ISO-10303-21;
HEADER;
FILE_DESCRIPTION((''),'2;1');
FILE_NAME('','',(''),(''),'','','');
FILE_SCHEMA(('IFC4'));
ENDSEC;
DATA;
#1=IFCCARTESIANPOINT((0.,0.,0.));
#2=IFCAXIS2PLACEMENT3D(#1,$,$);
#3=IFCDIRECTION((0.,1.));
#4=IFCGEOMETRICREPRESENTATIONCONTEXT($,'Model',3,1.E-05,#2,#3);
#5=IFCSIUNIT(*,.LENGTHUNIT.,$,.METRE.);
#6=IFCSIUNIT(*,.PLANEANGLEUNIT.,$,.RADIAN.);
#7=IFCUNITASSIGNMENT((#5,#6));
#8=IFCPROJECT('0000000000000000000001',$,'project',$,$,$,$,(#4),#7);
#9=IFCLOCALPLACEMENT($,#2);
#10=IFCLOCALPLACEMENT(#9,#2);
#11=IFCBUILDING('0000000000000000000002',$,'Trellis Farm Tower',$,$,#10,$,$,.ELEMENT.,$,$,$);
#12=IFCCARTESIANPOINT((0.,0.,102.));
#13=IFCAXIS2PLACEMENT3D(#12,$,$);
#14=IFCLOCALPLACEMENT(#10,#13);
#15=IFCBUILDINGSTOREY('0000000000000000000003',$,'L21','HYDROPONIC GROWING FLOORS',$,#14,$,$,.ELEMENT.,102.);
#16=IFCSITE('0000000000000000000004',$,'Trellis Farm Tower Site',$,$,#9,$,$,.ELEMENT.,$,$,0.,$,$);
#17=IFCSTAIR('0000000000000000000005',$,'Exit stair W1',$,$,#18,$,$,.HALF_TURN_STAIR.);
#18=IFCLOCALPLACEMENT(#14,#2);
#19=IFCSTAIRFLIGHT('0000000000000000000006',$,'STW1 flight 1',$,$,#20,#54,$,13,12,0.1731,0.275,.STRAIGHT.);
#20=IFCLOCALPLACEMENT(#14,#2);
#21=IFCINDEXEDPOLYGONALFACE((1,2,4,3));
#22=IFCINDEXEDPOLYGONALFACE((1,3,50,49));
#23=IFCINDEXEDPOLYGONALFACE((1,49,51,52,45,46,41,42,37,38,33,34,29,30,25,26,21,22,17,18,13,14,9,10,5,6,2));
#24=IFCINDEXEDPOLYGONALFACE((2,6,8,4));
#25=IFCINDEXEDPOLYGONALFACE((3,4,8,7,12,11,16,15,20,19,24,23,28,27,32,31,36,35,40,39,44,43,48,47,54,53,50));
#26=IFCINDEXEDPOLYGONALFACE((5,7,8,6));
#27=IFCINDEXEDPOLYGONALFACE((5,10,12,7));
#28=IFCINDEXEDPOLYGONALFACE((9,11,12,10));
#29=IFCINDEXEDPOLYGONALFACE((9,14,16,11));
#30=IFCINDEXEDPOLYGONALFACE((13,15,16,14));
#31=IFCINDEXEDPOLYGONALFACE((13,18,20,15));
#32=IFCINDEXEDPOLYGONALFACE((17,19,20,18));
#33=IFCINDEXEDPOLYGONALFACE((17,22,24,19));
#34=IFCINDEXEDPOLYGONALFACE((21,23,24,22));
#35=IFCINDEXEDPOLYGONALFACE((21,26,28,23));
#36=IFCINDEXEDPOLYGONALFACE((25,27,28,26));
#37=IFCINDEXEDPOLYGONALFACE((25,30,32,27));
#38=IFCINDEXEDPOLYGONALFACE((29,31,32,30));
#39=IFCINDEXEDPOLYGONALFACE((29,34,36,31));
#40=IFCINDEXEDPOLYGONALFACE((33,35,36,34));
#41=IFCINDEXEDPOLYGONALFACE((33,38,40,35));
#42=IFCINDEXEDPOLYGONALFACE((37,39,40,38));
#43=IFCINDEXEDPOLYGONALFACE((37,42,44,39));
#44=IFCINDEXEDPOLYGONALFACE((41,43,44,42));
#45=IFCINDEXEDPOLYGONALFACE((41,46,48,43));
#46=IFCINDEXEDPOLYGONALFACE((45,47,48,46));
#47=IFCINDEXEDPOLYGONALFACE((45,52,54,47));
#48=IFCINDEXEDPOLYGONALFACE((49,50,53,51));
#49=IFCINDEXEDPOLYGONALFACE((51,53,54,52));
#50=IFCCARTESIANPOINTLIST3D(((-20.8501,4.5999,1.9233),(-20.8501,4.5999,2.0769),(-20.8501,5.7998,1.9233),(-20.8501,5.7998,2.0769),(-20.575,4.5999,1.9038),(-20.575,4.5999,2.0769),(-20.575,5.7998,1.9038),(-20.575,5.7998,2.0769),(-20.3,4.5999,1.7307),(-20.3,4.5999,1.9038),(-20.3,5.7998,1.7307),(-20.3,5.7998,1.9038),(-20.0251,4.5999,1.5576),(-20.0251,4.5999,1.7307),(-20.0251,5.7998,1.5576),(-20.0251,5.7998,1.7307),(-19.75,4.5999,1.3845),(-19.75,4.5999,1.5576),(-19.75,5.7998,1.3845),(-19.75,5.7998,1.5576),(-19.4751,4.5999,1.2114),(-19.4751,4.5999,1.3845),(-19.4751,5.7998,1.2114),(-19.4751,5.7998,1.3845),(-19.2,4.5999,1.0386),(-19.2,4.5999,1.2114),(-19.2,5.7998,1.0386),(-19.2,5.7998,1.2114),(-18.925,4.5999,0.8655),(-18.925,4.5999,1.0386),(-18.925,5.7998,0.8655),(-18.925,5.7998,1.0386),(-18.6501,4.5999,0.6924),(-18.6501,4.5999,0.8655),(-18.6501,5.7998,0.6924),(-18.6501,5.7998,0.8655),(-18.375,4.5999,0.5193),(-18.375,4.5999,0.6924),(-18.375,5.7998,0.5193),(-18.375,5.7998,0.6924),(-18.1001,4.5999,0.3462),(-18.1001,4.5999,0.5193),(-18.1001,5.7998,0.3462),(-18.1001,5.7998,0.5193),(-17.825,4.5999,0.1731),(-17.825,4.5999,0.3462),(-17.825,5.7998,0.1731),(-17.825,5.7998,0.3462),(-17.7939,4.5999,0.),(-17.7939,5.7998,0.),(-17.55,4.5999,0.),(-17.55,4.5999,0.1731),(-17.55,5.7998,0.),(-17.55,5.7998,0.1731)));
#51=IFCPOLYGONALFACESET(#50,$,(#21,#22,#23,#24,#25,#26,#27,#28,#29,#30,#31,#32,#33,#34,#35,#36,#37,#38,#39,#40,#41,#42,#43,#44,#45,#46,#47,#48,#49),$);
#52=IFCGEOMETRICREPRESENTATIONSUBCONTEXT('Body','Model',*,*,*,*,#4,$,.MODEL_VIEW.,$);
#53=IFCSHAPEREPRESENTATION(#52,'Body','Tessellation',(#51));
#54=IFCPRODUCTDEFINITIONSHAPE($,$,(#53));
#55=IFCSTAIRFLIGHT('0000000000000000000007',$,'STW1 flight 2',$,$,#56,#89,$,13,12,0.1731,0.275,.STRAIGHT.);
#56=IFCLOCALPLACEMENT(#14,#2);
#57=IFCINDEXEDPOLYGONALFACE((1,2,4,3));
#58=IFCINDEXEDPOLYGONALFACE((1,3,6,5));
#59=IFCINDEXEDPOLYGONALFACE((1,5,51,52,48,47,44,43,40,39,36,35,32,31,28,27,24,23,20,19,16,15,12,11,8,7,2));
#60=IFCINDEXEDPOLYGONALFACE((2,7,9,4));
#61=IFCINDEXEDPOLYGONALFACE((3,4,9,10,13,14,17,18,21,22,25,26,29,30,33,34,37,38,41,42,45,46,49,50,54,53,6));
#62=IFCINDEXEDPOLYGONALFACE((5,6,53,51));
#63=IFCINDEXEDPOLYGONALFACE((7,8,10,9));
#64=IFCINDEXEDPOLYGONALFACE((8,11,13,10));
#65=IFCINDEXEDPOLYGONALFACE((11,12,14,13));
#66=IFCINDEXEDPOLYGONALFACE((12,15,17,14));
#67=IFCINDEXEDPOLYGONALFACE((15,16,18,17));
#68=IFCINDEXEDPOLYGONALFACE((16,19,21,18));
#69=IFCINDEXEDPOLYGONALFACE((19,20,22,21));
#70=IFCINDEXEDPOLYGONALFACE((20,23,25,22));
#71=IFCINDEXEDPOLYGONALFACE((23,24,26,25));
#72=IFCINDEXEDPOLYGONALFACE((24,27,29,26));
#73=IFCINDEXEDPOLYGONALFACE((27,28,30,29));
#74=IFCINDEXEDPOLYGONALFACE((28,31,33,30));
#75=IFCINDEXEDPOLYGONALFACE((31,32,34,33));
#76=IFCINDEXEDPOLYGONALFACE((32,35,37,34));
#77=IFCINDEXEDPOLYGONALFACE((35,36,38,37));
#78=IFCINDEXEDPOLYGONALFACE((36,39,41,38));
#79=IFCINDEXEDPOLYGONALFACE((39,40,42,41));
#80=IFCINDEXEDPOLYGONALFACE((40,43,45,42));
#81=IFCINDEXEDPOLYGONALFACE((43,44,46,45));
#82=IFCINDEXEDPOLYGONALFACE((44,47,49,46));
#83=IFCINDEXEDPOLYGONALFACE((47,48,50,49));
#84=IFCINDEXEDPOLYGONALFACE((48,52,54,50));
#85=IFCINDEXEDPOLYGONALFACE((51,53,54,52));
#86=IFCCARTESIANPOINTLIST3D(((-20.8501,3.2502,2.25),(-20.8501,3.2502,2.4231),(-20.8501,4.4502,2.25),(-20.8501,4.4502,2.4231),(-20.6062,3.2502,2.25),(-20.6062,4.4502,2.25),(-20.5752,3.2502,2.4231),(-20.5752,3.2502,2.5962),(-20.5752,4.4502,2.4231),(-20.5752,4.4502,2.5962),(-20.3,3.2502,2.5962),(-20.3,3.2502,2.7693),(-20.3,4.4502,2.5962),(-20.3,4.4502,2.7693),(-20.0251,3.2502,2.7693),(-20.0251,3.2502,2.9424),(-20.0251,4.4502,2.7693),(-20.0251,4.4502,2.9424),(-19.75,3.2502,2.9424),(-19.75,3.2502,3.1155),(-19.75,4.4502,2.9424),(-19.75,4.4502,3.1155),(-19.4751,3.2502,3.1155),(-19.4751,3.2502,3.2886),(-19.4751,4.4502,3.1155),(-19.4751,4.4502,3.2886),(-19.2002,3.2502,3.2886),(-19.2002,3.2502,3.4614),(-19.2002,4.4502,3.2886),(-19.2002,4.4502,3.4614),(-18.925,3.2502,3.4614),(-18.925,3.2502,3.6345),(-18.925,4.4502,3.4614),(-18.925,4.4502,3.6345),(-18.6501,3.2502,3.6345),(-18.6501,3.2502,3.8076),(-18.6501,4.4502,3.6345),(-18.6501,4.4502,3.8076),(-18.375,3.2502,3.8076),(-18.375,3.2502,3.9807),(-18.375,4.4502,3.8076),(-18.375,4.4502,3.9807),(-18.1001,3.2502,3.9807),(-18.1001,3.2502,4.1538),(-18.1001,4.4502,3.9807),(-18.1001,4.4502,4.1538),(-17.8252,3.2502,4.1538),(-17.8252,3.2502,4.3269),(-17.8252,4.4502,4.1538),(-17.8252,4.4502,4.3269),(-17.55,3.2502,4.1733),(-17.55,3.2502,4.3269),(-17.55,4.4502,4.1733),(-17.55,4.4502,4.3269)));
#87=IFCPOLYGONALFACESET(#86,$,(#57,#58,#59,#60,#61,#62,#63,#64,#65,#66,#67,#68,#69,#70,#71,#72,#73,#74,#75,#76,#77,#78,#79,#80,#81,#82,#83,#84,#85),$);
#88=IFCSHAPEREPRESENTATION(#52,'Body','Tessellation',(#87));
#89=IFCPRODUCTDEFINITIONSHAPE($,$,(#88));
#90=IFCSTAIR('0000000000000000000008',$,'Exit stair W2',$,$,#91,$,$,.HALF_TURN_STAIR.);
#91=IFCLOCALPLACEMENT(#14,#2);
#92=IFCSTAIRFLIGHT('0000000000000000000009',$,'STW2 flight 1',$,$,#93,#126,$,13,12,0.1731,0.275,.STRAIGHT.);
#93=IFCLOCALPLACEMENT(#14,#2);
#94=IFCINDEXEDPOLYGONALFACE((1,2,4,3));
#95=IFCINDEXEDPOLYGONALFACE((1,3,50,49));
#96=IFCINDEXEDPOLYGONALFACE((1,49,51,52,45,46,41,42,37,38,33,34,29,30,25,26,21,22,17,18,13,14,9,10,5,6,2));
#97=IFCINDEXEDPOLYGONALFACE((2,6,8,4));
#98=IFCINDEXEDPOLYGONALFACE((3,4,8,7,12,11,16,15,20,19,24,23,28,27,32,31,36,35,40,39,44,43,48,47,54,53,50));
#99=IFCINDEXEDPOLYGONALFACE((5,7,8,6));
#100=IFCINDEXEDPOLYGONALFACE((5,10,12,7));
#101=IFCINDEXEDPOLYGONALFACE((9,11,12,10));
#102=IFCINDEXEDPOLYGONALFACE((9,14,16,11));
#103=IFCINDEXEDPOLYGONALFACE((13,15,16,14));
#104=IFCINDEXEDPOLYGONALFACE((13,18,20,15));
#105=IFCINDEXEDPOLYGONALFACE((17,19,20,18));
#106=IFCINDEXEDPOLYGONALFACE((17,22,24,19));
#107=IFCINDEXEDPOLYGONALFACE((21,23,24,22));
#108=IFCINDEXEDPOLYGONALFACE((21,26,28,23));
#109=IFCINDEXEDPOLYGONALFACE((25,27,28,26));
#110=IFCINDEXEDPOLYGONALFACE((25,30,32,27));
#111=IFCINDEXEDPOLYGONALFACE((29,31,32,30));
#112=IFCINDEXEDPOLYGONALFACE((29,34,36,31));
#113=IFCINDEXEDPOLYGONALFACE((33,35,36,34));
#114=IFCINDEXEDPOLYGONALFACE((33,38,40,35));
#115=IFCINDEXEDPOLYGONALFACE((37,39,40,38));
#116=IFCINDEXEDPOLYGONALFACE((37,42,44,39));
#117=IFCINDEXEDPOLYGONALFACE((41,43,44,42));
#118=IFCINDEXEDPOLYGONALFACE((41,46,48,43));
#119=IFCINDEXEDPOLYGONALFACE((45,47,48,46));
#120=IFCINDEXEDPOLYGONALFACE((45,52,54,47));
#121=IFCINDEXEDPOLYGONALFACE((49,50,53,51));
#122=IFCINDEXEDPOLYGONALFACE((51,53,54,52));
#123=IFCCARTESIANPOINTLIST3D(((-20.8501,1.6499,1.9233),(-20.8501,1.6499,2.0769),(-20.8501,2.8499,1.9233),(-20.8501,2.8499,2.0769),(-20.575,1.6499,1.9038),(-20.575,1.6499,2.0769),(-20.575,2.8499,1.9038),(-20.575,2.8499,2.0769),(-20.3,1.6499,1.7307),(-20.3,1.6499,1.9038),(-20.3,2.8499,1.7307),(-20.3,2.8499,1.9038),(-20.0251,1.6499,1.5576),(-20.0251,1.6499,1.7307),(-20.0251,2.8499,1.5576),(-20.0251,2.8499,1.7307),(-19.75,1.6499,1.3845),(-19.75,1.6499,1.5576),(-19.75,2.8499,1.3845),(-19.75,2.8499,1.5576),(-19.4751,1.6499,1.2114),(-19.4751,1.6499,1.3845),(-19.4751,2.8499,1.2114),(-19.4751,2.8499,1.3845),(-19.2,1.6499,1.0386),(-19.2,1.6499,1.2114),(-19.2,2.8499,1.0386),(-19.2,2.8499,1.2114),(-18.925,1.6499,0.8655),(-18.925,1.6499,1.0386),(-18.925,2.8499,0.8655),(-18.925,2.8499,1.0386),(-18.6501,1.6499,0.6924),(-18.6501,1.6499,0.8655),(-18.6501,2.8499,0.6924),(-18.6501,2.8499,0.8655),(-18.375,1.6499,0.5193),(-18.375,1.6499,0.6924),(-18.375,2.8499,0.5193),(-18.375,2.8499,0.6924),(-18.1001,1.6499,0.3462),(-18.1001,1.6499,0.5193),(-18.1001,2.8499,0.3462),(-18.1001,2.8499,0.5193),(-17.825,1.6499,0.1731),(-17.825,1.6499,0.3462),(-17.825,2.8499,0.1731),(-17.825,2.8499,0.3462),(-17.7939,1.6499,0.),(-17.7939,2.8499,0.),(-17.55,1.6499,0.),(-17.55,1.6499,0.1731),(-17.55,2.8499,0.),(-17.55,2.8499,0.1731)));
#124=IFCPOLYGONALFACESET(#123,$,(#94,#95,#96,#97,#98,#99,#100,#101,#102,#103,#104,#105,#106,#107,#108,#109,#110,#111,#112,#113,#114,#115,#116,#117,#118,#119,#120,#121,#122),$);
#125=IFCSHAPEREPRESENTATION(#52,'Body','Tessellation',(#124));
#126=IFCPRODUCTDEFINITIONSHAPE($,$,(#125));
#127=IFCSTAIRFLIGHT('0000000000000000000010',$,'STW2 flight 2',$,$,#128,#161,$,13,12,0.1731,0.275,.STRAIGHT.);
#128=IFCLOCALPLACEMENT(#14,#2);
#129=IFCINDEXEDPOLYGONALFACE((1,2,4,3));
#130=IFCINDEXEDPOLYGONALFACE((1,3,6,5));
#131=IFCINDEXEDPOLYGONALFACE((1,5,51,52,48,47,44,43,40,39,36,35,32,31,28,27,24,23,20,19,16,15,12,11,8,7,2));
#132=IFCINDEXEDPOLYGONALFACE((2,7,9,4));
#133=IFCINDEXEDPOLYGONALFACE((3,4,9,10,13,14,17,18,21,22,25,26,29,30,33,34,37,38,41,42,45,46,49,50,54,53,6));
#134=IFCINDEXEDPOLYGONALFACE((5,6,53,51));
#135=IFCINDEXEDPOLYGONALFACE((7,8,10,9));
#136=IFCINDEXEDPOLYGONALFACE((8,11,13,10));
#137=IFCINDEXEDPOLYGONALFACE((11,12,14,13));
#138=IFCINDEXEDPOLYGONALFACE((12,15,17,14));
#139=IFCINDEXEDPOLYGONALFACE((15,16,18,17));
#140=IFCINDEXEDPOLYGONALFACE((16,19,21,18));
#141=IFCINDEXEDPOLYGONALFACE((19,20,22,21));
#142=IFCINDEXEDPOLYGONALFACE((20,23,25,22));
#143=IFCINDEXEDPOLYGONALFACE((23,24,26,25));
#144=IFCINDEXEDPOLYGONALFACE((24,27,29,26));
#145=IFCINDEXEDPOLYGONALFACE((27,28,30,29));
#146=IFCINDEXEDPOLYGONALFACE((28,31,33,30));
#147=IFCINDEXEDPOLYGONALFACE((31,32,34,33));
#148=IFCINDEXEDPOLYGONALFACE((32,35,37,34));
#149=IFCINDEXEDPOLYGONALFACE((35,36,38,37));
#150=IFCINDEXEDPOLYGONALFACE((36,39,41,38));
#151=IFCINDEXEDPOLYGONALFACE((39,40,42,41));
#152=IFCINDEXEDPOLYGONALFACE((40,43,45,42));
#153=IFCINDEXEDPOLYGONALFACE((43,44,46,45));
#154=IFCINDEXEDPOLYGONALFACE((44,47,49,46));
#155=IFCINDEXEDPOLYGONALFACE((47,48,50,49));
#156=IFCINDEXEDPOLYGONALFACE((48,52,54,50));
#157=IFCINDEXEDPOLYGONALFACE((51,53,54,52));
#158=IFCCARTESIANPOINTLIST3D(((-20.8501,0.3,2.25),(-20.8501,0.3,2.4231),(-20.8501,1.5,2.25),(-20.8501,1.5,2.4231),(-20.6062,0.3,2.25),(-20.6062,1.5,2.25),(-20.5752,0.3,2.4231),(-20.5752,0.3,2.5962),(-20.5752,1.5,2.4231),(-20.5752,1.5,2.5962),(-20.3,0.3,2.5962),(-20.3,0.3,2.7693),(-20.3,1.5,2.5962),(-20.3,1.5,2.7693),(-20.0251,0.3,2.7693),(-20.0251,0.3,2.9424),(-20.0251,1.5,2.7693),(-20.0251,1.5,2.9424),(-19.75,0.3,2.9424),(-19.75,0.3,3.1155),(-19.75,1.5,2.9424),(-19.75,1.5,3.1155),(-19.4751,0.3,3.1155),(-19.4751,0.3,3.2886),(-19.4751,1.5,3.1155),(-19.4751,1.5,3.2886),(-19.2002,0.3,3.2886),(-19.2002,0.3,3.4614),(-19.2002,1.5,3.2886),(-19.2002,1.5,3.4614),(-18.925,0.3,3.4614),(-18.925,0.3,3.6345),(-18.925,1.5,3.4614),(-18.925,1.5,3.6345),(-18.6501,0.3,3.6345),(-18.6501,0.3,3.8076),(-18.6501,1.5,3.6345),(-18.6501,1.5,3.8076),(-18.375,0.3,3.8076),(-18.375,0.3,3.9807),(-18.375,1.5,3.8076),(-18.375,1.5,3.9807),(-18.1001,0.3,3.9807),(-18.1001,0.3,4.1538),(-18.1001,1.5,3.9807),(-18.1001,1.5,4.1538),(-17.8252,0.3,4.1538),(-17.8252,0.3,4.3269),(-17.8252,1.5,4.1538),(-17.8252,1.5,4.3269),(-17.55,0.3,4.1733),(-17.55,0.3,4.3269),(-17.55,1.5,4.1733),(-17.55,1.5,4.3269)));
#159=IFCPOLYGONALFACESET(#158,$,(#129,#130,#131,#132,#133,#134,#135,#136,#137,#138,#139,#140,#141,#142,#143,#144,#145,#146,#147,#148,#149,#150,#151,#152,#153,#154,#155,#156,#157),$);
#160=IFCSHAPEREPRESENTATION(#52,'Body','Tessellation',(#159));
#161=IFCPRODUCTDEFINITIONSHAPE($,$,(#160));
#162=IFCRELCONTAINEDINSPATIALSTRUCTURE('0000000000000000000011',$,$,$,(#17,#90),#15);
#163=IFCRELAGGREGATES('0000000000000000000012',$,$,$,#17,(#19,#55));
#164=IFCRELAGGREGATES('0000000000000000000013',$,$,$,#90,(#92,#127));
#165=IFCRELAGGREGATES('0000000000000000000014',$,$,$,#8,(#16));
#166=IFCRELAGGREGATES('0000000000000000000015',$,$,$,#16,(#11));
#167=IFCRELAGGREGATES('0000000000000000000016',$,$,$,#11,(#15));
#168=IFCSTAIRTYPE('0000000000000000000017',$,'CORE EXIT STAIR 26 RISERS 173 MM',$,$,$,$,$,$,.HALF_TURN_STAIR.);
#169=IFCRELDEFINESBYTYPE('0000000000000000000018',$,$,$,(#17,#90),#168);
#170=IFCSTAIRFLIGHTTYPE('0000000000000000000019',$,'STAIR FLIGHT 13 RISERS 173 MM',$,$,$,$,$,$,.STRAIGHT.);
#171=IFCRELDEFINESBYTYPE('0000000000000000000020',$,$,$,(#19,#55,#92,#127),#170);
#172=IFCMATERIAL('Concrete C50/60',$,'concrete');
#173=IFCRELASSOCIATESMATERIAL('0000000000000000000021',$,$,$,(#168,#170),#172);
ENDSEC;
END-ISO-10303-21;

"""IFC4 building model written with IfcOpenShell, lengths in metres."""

from ifc_helpers import new_model, si_unit, direction, frame, origin, place, context, subcontext, project, spatial, polyline, outline, extrude, source, transform, mapped, material, type_object, element, aggregate, save


model = new_model("IFC4")

# Units and contexts
model_context = context("Model", 3, precision=1e-05, world=origin(), true_north=direction((0.0, 1.0)))
body_context = subcontext(model_context, "Body", "Model", "MODEL_VIEW")
ifc_project = project(units=[si_unit("LENGTHUNIT", "METRE"), si_unit("PLANEANGLEUNIT", "RADIAN")], contexts=[model_context])

# Site, building, storey
site_placement = place(None, origin())
site = spatial("IfcSite", under=ifc_project, at=site_placement, Name="Trellis Farm Tower Site", CompositionType="ELEMENT", RefElevation=0.0)
building_placement = place(site_placement, origin())
building = spatial("IfcBuilding", under=site, at=building_placement, Name="Trellis Farm Tower", CompositionType="ELEMENT")
storey_placement = place(building_placement, frame((0.0, 0.0, 102.0)))
storey = spatial("IfcBuildingStorey", under=building, at=storey_placement, Name="L21", Description="HYDROPONIC GROWING FLOORS", CompositionType="ELEMENT", Elevation=102.0)

# Shared definitions
placement = place(storey_placement, origin())

# Stairs, stair flights
ifc_material_1 = material(Name="Concrete C50/60", Category="concrete")
stair_type = type_object("IfcStairType", Name="CORE EXIT STAIR 26 RISERS 173 MM", PredefinedType="HALF_TURN_STAIR", material=ifc_material_1)
stair_1 = element("IfcStair", 1, at=placement, inside=storey, type_object=stair_type, Name="Exit stair W1", PredefinedType="HALF_TURN_STAIR")
stair_flight_type = type_object("IfcStairFlightType", Name="STAIR FLIGHT 13 RISERS 173 MM", PredefinedType="STRAIGHT", material=ifc_material_1)
shared_shape_1 = source(origin(), body_context, "Body", "SweptSolid", [
    extrude(outline(polyline([(0.0, 0.0), (0.0, 0.1731), (0.2749, 0.1731), (0.2749, 0.3462), (0.55, 0.3462), (0.55, 0.5193), (0.825, 0.5193), (0.825, 0.6924), (1.1001, 0.6924), (1.1001, 0.8655), (1.375, 0.8655), (1.375, 1.0386), (1.6499, 1.0386), (1.6499, 1.2114), (1.925, 1.2114), (1.925, 1.3845), (2.2, 1.3845), (2.2, 1.5576), (2.4751, 1.5576), (2.4751, 1.7307), (2.75, 1.7307), (2.75, 1.9038), (3.0249, 1.9038), (3.0249, 2.0769), (3.3, 2.0769), (3.3, 2.25), (3.3, 1.9233), (0.2439, 0.0), (0.0, 0.0)])), frame((0.0, 0.6001, 0.0), z_axis=(0.0, -1.0, 0.0), x_axis=(1.0, 0.0, 0.0)), (0.0, 0.0, 1.0), 1.2),
])
stair_flight_1_placement = place(storey_placement, frame((-17.55, 5.2, 0.0), z_axis=(0.0, 0.0, 1.0), x_axis=(-1.0, 0.0, 0.0)))
stair_flight_1 = element("IfcStairFlight", 2, at=stair_flight_1_placement, type_object=stair_flight_type, Name="STW1 flight 1", NumberOfRisers=13, NumberOfTreads=12, PredefinedType="STRAIGHT", RiserHeight=0.1731, TreadLength=0.275, context=body_context, shape_type="MappedRepresentation", body=[
    mapped(shared_shape_1, transform((0.0, 0.0, 0.0))),
])
stair_flight_2_placement = place(storey_placement, frame((-20.8501, 3.8501, 2.25), z_axis=(0.0, 0.0, 1.0), x_axis=(1.0, 0.0, 0.0)))
stair_flight_2 = element("IfcStairFlight", 3, at=stair_flight_2_placement, type_object=stair_flight_type, Name="STW1 flight 2", NumberOfRisers=13, NumberOfTreads=12, PredefinedType="STRAIGHT", RiserHeight=0.1731, TreadLength=0.275, context=body_context, shape_type="MappedRepresentation", body=[
    mapped(shared_shape_1, transform((0.0, 0.0, 0.0))),
])
aggregate(stair_1, [stair_flight_1, stair_flight_2])
stair_2 = element("IfcStair", 4, at=placement, inside=storey, type_object=stair_type, Name="Exit stair W2", PredefinedType="HALF_TURN_STAIR")
stair_flight_3_placement = place(storey_placement, frame((-17.55, 2.25, 0.0), z_axis=(0.0, 0.0, 1.0), x_axis=(-1.0, 0.0, 0.0)))
stair_flight_3 = element("IfcStairFlight", 5, at=stair_flight_3_placement, type_object=stair_flight_type, Name="STW2 flight 1", NumberOfRisers=13, NumberOfTreads=12, PredefinedType="STRAIGHT", RiserHeight=0.1731, TreadLength=0.275, context=body_context, shape_type="MappedRepresentation", body=[
    mapped(shared_shape_1, transform((0.0, 0.0, 0.0))),
])
stair_flight_4_placement = place(storey_placement, frame((-20.8501, 0.8999, 2.25), z_axis=(0.0, 0.0, 1.0), x_axis=(1.0, 0.0, 0.0)))
stair_flight_4 = element("IfcStairFlight", 6, at=stair_flight_4_placement, type_object=stair_flight_type, Name="STW2 flight 2", NumberOfRisers=13, NumberOfTreads=12, PredefinedType="STRAIGHT", RiserHeight=0.1731, TreadLength=0.275, context=body_context, shape_type="MappedRepresentation", body=[
    mapped(shared_shape_1, transform((0.0, 0.0, 0.0))),
])
aggregate(stair_2, [stair_flight_3, stair_flight_4])

save(model, "model.ifc")
